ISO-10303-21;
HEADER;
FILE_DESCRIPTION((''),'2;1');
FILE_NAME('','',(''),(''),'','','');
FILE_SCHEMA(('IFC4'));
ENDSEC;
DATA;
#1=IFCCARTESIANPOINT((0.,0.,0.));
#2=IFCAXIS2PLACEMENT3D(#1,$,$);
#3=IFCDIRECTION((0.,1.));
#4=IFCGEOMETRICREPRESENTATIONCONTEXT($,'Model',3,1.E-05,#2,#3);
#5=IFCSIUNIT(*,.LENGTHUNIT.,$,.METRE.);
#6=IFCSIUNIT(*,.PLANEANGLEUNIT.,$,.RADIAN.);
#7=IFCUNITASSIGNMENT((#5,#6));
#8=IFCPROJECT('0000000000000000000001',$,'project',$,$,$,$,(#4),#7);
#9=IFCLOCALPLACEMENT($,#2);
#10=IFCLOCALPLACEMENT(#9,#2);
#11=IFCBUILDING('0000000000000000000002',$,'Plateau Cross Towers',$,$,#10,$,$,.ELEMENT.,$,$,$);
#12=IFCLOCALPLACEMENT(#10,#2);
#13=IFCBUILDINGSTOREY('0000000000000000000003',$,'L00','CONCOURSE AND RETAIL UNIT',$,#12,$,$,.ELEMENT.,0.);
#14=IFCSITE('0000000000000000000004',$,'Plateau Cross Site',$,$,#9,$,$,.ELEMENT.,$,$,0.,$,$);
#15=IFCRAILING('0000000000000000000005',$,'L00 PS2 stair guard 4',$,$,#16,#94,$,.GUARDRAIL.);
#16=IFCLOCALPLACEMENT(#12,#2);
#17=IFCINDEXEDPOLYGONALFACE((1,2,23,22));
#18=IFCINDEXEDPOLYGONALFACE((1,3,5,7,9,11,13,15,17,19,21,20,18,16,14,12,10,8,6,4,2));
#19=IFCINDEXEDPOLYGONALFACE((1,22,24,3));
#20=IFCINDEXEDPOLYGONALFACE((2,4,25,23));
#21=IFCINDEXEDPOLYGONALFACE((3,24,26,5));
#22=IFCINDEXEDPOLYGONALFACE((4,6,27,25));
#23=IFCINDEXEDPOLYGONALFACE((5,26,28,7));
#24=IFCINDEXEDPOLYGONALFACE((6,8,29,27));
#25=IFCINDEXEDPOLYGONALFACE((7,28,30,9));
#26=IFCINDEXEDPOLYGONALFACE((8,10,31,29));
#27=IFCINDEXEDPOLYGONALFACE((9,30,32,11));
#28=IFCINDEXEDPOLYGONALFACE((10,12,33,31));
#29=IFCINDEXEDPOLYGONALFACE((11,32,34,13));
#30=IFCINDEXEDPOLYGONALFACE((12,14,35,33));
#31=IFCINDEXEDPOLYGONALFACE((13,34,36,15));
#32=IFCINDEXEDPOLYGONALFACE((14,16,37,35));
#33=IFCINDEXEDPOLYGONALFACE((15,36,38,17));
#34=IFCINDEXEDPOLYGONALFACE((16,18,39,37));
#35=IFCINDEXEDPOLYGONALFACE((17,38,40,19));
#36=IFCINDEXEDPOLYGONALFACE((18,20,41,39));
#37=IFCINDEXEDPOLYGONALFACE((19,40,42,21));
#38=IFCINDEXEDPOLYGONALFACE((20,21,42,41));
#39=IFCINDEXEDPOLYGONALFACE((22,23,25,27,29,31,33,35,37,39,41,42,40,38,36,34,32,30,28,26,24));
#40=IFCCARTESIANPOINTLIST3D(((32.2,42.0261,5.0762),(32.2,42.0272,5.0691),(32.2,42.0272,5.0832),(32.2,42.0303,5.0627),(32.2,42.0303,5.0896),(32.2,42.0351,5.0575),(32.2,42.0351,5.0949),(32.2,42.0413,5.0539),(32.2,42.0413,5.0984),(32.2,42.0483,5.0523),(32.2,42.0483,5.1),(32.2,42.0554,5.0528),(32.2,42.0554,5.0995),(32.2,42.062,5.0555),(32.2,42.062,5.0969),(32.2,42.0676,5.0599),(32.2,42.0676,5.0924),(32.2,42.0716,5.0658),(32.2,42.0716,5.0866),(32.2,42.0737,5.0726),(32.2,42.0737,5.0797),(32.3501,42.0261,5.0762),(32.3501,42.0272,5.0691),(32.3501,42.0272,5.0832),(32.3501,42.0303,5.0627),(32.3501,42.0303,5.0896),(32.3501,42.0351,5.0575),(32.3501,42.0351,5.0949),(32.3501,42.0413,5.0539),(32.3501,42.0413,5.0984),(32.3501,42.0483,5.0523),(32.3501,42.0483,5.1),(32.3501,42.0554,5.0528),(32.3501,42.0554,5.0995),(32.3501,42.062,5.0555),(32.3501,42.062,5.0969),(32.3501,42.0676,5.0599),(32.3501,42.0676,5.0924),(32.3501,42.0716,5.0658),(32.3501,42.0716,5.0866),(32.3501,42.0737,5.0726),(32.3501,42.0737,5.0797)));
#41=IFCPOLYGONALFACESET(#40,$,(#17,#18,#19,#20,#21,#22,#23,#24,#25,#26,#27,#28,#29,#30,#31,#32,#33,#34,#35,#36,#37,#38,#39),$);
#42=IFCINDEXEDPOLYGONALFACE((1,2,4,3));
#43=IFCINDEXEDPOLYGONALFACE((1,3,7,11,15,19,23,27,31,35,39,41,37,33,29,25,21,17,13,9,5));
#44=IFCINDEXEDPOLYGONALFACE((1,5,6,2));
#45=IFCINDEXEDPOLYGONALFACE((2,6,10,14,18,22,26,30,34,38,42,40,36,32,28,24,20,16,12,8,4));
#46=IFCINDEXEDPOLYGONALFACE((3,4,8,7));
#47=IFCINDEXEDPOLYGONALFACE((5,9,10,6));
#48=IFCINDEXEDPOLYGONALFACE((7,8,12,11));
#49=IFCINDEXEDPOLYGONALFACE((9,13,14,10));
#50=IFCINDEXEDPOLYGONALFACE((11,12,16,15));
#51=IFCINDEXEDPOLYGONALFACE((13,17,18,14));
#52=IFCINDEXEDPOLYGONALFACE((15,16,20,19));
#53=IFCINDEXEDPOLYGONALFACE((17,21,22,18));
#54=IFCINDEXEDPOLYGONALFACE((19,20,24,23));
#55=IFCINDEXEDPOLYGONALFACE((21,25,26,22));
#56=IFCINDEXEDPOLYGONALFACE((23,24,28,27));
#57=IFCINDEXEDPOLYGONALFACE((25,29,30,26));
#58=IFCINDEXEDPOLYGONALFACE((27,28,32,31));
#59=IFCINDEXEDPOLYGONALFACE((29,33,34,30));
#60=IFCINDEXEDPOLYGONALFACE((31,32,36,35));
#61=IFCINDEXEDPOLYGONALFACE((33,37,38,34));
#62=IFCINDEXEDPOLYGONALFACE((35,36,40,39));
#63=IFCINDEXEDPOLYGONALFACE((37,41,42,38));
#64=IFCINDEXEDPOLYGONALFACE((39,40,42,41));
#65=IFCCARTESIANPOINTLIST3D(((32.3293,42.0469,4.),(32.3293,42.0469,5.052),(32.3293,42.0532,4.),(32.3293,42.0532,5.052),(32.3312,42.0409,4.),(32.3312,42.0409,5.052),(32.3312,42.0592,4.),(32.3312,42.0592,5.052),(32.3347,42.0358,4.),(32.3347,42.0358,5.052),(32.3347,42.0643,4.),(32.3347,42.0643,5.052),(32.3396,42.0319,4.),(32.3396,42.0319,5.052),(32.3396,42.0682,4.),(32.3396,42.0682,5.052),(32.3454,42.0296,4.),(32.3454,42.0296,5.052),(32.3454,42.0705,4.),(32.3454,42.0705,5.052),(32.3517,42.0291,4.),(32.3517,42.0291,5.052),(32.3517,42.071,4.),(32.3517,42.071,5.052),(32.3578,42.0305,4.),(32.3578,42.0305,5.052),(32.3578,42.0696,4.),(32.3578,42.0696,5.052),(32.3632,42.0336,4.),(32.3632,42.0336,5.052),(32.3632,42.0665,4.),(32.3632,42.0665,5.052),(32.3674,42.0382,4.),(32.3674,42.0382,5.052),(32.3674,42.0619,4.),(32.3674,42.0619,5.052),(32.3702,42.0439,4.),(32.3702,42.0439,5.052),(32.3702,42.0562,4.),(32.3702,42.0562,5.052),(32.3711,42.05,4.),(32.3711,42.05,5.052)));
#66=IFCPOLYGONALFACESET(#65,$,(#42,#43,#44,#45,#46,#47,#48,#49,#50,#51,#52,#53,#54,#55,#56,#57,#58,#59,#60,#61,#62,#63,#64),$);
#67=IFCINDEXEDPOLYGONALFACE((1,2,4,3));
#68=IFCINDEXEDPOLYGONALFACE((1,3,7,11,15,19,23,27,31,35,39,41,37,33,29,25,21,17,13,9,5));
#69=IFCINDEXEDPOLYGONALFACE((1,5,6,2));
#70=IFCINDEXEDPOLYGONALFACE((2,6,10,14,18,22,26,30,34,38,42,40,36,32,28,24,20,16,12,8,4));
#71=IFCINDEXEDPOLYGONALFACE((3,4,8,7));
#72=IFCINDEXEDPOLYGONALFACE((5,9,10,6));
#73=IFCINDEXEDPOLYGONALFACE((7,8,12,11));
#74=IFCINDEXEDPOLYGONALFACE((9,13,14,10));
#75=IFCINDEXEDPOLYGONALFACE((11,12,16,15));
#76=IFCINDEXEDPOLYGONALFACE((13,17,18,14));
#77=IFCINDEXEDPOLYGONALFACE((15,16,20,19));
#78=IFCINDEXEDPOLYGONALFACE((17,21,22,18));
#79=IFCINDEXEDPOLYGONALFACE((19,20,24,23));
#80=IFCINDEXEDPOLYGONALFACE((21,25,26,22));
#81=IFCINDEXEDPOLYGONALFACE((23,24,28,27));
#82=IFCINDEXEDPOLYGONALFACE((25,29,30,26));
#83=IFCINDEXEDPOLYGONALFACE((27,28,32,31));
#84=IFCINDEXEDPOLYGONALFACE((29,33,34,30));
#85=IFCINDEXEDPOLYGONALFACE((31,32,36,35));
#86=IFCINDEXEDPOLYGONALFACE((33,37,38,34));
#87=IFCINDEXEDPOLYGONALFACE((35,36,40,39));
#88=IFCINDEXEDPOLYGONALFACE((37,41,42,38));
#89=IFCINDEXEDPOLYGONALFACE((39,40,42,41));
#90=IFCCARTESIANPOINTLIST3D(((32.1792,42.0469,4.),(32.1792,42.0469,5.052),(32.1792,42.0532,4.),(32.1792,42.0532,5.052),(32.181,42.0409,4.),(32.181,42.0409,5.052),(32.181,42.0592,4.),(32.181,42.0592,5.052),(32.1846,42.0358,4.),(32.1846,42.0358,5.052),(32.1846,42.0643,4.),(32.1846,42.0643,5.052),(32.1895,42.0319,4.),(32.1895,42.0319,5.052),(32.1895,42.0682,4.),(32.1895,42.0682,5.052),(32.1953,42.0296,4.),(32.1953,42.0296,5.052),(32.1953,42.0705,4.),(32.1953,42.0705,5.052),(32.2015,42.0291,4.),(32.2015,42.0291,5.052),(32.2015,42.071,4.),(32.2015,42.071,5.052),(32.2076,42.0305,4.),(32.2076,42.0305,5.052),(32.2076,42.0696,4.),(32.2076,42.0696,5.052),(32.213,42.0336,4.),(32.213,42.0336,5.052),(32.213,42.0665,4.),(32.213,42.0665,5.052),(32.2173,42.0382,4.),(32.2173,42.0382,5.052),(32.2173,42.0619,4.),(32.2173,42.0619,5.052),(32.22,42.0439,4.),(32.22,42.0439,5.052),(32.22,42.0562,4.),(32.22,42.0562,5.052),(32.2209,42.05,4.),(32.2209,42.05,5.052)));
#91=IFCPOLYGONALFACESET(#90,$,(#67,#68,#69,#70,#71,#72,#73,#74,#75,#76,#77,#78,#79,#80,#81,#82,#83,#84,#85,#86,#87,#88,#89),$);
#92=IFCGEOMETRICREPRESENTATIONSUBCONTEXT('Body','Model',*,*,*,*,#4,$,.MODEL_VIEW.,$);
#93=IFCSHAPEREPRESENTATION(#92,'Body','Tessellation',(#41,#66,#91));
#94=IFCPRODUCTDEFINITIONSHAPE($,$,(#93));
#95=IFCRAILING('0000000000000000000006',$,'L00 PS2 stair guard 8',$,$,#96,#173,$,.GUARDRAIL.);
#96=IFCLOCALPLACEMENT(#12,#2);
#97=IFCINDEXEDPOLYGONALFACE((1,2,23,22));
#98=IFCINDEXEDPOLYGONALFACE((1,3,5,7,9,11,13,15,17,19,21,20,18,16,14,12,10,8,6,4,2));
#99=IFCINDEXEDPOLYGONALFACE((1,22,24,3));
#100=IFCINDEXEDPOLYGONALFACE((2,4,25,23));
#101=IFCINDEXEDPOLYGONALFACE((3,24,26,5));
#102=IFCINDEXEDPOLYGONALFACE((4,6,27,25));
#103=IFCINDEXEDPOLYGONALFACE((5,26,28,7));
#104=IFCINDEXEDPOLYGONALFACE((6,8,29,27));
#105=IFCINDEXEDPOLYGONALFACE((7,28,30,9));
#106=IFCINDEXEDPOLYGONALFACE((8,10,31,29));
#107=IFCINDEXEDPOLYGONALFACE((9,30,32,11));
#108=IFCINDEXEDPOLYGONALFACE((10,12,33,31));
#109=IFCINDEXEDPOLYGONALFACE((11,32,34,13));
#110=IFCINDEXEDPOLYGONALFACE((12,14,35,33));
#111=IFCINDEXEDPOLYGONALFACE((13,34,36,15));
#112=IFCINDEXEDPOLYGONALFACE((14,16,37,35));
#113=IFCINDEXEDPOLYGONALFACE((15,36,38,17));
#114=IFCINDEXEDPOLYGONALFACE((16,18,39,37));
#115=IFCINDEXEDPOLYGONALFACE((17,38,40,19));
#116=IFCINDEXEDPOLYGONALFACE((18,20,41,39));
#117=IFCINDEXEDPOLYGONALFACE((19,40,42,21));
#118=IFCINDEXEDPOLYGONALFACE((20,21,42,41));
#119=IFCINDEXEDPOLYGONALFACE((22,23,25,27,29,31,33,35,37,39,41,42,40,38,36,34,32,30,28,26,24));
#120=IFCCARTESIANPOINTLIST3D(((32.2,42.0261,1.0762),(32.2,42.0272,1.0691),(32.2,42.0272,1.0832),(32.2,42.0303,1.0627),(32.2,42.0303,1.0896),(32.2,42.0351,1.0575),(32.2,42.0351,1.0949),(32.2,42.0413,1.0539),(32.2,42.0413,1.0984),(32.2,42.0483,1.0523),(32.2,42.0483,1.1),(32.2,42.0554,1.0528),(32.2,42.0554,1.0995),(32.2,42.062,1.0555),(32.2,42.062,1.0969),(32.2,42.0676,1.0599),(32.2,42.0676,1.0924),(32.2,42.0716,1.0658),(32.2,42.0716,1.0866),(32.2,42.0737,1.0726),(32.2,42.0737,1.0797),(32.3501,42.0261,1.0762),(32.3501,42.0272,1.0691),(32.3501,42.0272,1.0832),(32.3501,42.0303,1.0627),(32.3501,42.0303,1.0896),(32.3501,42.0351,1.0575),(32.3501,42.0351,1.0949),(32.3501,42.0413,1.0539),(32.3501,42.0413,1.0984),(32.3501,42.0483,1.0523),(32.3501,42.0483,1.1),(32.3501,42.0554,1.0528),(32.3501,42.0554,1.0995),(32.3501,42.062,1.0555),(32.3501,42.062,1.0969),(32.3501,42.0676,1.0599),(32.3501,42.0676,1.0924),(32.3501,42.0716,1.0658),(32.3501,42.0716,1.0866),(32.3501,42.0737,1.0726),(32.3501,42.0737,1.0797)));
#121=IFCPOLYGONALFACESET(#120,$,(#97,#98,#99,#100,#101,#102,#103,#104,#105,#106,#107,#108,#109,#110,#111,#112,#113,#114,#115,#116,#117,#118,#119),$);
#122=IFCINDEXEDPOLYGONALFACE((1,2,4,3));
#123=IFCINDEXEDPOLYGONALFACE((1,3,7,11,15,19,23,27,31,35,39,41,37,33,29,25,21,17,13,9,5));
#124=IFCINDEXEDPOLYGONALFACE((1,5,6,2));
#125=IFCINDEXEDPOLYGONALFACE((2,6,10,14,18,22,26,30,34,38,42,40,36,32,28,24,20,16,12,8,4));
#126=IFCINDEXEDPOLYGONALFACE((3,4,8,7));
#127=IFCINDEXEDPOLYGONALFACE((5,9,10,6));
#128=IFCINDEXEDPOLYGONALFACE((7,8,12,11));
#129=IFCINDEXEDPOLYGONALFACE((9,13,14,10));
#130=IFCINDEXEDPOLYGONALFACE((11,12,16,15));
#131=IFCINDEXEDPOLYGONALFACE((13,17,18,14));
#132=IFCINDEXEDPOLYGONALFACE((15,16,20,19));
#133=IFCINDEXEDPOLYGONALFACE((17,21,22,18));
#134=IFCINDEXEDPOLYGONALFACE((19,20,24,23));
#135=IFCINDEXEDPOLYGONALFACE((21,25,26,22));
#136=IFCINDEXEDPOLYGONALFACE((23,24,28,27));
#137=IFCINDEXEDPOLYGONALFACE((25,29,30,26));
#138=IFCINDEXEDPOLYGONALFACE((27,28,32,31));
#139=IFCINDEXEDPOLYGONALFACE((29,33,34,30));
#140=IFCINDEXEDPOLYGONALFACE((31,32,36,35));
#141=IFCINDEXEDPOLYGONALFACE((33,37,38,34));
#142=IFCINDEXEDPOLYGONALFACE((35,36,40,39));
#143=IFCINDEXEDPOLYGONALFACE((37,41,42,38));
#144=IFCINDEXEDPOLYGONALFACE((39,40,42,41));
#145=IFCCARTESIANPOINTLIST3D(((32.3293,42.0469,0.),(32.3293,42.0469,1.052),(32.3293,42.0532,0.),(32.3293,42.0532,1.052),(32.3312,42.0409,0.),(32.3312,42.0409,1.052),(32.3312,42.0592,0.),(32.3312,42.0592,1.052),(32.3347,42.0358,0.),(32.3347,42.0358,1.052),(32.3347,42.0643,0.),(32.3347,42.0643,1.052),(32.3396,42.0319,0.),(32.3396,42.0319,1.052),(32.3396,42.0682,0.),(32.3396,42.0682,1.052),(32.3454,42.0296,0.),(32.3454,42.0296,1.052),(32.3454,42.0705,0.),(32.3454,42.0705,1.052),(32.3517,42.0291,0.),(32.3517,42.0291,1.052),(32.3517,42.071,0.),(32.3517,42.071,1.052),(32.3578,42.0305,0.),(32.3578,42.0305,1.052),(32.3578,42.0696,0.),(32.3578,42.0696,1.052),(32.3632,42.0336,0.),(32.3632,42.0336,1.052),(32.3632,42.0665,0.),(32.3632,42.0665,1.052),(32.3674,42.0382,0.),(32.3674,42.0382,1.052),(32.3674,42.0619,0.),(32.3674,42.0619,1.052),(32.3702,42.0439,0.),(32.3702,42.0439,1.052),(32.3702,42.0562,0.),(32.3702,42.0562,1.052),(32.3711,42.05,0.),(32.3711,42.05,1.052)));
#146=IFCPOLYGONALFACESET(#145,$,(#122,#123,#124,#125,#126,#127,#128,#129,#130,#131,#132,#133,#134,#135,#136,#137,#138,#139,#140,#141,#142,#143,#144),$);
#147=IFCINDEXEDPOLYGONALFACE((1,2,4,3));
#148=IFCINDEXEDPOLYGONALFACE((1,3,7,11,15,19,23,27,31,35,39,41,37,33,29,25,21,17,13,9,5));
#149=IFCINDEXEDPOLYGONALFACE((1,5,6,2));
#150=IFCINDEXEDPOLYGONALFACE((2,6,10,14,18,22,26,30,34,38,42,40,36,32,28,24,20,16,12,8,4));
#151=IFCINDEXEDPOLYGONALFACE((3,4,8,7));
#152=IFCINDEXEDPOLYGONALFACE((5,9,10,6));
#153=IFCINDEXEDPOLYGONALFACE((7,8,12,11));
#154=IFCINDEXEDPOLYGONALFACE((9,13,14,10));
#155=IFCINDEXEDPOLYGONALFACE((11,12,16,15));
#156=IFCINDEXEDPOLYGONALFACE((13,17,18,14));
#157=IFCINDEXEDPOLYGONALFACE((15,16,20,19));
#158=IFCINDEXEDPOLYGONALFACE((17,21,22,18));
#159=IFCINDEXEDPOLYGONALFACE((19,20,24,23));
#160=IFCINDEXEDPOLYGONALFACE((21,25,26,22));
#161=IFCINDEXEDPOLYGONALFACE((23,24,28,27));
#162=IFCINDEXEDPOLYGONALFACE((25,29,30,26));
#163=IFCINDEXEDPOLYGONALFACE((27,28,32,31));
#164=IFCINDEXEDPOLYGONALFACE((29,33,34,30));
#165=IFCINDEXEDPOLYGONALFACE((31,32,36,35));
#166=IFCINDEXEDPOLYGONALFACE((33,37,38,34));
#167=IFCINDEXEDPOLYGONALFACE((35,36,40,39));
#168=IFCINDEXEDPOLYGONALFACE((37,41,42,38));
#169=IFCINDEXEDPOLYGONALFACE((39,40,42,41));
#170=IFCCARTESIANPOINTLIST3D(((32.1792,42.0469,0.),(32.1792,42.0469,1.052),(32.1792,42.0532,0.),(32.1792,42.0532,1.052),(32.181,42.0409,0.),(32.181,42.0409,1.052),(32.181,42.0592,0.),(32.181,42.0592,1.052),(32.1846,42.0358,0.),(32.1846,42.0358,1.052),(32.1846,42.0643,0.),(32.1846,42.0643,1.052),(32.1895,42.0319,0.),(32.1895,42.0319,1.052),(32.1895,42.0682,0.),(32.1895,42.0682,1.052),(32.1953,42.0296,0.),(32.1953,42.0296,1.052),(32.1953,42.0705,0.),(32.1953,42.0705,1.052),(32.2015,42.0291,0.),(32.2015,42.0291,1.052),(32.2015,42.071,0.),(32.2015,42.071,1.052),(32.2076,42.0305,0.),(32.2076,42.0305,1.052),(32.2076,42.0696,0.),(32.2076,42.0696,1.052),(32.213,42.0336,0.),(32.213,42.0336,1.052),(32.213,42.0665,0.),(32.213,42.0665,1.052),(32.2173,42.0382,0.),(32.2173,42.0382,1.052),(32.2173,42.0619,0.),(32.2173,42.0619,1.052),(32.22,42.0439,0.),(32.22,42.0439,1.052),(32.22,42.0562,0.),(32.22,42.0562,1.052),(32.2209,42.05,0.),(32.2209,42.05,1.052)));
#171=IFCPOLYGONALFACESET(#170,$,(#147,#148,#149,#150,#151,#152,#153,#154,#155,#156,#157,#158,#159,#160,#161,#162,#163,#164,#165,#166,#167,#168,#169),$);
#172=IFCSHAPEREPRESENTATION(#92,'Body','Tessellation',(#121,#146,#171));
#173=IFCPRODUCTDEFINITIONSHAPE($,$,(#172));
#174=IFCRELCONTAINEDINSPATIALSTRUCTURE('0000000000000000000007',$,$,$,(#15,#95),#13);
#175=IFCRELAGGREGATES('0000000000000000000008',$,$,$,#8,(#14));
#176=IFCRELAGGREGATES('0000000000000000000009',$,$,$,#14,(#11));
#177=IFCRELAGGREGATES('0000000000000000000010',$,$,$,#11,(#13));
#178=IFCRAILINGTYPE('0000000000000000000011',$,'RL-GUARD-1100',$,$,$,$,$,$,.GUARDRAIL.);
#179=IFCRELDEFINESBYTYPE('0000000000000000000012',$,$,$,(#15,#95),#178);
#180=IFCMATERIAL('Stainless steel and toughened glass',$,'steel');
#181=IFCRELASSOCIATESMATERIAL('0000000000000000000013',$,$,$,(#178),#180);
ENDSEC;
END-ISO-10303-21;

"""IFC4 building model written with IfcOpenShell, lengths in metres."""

from ifc_helpers import new_model, si_unit, direction, frame, origin, origin_2d, place, context, subcontext, project, spatial, circle, extrude, material, type_object, element, save


model = new_model("IFC4")

# Units and contexts
model_context = context("Model", 3, precision=1e-05, world=origin(), true_north=direction((0.0, 1.0)))
body_context = subcontext(model_context, "Body", "Model", "MODEL_VIEW")
ifc_project = project(units=[si_unit("LENGTHUNIT", "METRE"), si_unit("PLANEANGLEUNIT", "RADIAN")], contexts=[model_context])

# Site, building, storey
site_placement = place(None, origin())
site = spatial("IfcSite", under=ifc_project, at=site_placement, Name="Plateau Cross Site", CompositionType="ELEMENT", RefElevation=0.0)
building_placement = place(site_placement, origin())
building = spatial("IfcBuilding", under=site, at=building_placement, Name="Plateau Cross Towers", CompositionType="ELEMENT")
storey_placement = place(building_placement, origin())
storey = spatial("IfcBuildingStorey", under=building, at=storey_placement, Name="L00", Description="CONCOURSE AND RETAIL UNIT", CompositionType="ELEMENT", Elevation=0.0)

# Railings
ifc_material_1 = material(Name="Stainless steel and toughened glass", Category="steel")
railing_type = type_object("IfcRailingType", Name="RL-GUARD-1100", PredefinedType="GUARDRAIL", material=ifc_material_1)
for number, where, name in (
    (1, (32.3501, 42.05, 4.0), "L00 PS2 stair guard 4"),
    (2, (32.3501, 42.05, 0.0), "L00 PS2 stair guard 8"),
):
    element("IfcRailing", number, at=place(storey_placement, frame(where)), inside=storey, type_object=railing_type, Name=name, PredefinedType="GUARDRAIL", context=body_context, shape_type="SweptSolid", body=[
        extrude(circle(Radius=0.0239, at=origin_2d()), frame((0.0, 0.0, 1.0762), z_axis=(-1.0, 0.0, 0.0), x_axis=(0.0, -1.0, 0.0)), (0.0, 0.0, 1.0), 0.1501),
        extrude(circle(Radius=0.021, at=origin_2d()), origin(), (0.0, 0.0, 1.0), 1.052),
        extrude(circle(Radius=0.021, at=origin_2d()), frame((-0.1501, 0.0, 0.0)), (0.0, 0.0, 1.0), 1.052),
    ])

save(model, "model.ifc")
